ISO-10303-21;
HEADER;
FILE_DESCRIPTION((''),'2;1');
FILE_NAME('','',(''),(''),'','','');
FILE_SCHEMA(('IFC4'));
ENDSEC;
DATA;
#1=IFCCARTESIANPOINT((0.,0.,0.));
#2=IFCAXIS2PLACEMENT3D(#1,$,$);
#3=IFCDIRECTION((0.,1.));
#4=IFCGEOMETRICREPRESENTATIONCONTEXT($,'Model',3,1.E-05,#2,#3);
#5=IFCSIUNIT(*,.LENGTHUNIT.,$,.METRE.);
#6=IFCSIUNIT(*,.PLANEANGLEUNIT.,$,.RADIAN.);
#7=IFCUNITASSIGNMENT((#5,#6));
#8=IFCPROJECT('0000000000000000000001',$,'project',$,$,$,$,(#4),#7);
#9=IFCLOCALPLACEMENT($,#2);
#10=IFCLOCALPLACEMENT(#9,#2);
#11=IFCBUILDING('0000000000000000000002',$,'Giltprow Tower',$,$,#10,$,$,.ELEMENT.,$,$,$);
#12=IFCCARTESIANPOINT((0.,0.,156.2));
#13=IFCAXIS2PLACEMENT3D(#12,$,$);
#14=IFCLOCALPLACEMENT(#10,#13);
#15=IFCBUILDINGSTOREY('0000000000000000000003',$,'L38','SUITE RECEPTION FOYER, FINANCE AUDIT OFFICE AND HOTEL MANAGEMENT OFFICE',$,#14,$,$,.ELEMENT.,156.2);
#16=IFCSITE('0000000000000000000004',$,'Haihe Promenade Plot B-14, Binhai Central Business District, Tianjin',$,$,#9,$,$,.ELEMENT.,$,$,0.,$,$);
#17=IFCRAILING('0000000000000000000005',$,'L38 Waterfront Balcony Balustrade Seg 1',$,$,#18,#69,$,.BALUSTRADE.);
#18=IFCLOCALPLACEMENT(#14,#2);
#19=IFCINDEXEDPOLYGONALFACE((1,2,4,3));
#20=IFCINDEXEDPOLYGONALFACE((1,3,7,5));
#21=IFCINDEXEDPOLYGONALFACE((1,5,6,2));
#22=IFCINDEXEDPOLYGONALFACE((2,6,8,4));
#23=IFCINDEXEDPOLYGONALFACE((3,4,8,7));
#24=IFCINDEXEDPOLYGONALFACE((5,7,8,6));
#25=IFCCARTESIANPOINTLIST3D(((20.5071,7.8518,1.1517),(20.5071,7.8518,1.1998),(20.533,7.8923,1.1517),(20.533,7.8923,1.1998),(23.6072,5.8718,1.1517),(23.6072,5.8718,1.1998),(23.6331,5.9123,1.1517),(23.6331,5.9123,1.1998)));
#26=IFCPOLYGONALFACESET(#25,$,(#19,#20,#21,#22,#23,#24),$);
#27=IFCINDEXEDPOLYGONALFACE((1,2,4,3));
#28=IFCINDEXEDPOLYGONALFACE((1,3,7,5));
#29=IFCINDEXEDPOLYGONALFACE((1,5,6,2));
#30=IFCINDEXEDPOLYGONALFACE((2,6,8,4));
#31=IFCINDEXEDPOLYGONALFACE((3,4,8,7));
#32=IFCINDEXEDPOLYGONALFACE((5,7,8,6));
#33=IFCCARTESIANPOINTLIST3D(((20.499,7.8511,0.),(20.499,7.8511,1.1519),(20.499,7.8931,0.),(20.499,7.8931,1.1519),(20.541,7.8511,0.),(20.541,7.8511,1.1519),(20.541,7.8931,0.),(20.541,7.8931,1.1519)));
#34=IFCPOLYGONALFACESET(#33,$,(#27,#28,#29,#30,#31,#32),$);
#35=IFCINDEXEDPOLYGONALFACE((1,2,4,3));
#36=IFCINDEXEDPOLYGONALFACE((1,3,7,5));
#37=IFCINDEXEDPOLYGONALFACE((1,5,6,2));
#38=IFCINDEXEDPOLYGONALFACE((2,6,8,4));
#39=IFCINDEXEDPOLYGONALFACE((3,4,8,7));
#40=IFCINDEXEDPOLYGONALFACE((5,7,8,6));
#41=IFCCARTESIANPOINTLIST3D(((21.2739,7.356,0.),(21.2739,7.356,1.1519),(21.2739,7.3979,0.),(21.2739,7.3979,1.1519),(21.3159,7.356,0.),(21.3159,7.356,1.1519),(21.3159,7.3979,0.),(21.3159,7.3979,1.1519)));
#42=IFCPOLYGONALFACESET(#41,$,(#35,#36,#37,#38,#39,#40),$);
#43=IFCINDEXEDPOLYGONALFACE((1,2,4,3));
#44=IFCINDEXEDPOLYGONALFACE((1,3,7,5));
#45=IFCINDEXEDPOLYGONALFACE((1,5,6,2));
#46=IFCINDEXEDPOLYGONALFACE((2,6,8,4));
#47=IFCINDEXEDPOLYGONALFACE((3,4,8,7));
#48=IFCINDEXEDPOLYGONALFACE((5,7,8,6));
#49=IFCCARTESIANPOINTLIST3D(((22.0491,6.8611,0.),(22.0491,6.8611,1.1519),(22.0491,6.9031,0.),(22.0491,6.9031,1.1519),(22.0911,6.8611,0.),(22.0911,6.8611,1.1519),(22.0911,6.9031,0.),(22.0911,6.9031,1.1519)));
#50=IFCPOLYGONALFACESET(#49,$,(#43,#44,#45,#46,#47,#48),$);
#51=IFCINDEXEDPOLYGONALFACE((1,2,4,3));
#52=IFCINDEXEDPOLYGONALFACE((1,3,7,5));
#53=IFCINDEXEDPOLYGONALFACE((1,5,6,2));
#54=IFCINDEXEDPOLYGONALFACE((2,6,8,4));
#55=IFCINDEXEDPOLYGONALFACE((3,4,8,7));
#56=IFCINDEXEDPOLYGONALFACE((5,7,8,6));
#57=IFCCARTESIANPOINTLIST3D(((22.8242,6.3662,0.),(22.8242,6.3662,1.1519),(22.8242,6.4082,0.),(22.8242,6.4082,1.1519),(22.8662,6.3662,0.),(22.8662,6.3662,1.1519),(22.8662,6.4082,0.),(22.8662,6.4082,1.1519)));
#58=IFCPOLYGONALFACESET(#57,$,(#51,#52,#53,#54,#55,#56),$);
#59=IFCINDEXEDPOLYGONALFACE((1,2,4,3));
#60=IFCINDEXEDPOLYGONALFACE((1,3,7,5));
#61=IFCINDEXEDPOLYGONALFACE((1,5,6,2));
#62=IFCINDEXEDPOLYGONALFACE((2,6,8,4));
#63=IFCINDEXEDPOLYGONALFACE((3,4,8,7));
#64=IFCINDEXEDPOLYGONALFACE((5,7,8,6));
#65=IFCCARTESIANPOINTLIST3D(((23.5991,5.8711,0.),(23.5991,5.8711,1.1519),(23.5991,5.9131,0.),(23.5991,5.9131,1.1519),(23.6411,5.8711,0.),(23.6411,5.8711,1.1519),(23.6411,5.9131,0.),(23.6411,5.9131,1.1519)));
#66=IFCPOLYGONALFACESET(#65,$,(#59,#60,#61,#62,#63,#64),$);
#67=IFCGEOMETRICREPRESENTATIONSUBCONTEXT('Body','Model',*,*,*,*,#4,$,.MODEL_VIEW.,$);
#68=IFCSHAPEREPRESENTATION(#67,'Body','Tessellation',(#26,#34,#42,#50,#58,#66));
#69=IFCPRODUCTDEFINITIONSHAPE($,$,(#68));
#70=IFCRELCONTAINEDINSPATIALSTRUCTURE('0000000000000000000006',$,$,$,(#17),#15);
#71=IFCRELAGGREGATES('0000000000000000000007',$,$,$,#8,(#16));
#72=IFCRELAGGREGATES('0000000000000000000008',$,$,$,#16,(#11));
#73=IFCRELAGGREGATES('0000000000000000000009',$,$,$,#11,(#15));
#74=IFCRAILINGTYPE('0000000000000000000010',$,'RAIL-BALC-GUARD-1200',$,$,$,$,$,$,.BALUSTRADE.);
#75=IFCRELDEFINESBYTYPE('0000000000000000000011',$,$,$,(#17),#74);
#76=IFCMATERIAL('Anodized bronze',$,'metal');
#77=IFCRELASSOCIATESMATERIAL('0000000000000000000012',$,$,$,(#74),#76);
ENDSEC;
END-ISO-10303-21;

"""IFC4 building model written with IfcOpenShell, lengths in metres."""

from ifc_helpers import new_model, si_unit, direction, frame, origin, origin_2d, place, context, subcontext, project, spatial, rectangle, extrude, material, type_object, element, save


model = new_model("IFC4")

# Units and contexts
model_context = context("Model", 3, precision=1e-05, world=origin(), true_north=direction((0.0, 1.0)))
body_context = subcontext(model_context, "Body", "Model", "MODEL_VIEW")
ifc_project = project(units=[si_unit("LENGTHUNIT", "METRE"), si_unit("PLANEANGLEUNIT", "RADIAN")], contexts=[model_context])

# Site, building, storey
site_placement = place(None, origin())
site = spatial("IfcSite", under=ifc_project, at=site_placement, Name="Haihe Promenade Plot B-14, Binhai Central Business District, Tianjin", CompositionType="ELEMENT", RefElevation=0.0)
building_placement = place(site_placement, origin())
building = spatial("IfcBuilding", under=site, at=building_placement, Name="Giltprow Tower", CompositionType="ELEMENT")
storey_placement = place(building_placement, frame((0.0, 0.0, 156.2)))
storey = spatial("IfcBuildingStorey", under=building, at=storey_placement, Name="L38", Description="SUITE RECEPTION FOYER, FINANCE AUDIT OFFICE AND HOTEL MANAGEMENT OFFICE", CompositionType="ELEMENT", Elevation=156.2)

# Railing
ifc_material_1 = material(Name="Anodized bronze", Category="metal")
railing_type = type_object("IfcRailingType", Name="RAIL-BALC-GUARD-1200", PredefinedType="BALUSTRADE", material=ifc_material_1)
railing_1_placement = place(storey_placement, frame((20.52, 7.8721, 0.0)))
element("IfcRailing", 1, at=railing_1_placement, inside=storey, type_object=railing_type, Name="L38 Waterfront Balcony Balustrade Seg 1", PredefinedType="BALUSTRADE", context=body_context, shape_type="SweptSolid", body=[
    extrude(rectangle(XDim=0.0481, YDim=0.0481, at=origin_2d()), frame((0.0, 0.0, 1.1758), z_axis=(0.842775, -0.538266, 0.0), x_axis=(0.538266, 0.842775, 0.0)), (0.0, 0.0, 1.0), 3.6785),
    extrude(rectangle(XDim=0.042, YDim=0.042, at=origin_2d()), origin(), (0.0, 0.0, 1.0), 1.1519),
    extrude(rectangle(XDim=0.042, YDim=0.042, at=origin_2d()), frame((0.7749, -0.4951, 0.0)), (0.0, 0.0, 1.0), 1.1519),
    extrude(rectangle(XDim=0.042, YDim=0.042, at=origin_2d()), frame((1.55, -0.99, 0.0)), (0.0, 0.0, 1.0), 1.1519),
    extrude(rectangle(XDim=0.042, YDim=0.042, at=origin_2d()), frame((2.3252, -1.4849, 0.0)), (0.0, 0.0, 1.0), 1.1519),
    extrude(rectangle(XDim=0.042, YDim=0.042, at=origin_2d()), frame((3.1001, -1.98, 0.0)), (0.0, 0.0, 1.0), 1.1519),
])

save(model, "model.ifc")
